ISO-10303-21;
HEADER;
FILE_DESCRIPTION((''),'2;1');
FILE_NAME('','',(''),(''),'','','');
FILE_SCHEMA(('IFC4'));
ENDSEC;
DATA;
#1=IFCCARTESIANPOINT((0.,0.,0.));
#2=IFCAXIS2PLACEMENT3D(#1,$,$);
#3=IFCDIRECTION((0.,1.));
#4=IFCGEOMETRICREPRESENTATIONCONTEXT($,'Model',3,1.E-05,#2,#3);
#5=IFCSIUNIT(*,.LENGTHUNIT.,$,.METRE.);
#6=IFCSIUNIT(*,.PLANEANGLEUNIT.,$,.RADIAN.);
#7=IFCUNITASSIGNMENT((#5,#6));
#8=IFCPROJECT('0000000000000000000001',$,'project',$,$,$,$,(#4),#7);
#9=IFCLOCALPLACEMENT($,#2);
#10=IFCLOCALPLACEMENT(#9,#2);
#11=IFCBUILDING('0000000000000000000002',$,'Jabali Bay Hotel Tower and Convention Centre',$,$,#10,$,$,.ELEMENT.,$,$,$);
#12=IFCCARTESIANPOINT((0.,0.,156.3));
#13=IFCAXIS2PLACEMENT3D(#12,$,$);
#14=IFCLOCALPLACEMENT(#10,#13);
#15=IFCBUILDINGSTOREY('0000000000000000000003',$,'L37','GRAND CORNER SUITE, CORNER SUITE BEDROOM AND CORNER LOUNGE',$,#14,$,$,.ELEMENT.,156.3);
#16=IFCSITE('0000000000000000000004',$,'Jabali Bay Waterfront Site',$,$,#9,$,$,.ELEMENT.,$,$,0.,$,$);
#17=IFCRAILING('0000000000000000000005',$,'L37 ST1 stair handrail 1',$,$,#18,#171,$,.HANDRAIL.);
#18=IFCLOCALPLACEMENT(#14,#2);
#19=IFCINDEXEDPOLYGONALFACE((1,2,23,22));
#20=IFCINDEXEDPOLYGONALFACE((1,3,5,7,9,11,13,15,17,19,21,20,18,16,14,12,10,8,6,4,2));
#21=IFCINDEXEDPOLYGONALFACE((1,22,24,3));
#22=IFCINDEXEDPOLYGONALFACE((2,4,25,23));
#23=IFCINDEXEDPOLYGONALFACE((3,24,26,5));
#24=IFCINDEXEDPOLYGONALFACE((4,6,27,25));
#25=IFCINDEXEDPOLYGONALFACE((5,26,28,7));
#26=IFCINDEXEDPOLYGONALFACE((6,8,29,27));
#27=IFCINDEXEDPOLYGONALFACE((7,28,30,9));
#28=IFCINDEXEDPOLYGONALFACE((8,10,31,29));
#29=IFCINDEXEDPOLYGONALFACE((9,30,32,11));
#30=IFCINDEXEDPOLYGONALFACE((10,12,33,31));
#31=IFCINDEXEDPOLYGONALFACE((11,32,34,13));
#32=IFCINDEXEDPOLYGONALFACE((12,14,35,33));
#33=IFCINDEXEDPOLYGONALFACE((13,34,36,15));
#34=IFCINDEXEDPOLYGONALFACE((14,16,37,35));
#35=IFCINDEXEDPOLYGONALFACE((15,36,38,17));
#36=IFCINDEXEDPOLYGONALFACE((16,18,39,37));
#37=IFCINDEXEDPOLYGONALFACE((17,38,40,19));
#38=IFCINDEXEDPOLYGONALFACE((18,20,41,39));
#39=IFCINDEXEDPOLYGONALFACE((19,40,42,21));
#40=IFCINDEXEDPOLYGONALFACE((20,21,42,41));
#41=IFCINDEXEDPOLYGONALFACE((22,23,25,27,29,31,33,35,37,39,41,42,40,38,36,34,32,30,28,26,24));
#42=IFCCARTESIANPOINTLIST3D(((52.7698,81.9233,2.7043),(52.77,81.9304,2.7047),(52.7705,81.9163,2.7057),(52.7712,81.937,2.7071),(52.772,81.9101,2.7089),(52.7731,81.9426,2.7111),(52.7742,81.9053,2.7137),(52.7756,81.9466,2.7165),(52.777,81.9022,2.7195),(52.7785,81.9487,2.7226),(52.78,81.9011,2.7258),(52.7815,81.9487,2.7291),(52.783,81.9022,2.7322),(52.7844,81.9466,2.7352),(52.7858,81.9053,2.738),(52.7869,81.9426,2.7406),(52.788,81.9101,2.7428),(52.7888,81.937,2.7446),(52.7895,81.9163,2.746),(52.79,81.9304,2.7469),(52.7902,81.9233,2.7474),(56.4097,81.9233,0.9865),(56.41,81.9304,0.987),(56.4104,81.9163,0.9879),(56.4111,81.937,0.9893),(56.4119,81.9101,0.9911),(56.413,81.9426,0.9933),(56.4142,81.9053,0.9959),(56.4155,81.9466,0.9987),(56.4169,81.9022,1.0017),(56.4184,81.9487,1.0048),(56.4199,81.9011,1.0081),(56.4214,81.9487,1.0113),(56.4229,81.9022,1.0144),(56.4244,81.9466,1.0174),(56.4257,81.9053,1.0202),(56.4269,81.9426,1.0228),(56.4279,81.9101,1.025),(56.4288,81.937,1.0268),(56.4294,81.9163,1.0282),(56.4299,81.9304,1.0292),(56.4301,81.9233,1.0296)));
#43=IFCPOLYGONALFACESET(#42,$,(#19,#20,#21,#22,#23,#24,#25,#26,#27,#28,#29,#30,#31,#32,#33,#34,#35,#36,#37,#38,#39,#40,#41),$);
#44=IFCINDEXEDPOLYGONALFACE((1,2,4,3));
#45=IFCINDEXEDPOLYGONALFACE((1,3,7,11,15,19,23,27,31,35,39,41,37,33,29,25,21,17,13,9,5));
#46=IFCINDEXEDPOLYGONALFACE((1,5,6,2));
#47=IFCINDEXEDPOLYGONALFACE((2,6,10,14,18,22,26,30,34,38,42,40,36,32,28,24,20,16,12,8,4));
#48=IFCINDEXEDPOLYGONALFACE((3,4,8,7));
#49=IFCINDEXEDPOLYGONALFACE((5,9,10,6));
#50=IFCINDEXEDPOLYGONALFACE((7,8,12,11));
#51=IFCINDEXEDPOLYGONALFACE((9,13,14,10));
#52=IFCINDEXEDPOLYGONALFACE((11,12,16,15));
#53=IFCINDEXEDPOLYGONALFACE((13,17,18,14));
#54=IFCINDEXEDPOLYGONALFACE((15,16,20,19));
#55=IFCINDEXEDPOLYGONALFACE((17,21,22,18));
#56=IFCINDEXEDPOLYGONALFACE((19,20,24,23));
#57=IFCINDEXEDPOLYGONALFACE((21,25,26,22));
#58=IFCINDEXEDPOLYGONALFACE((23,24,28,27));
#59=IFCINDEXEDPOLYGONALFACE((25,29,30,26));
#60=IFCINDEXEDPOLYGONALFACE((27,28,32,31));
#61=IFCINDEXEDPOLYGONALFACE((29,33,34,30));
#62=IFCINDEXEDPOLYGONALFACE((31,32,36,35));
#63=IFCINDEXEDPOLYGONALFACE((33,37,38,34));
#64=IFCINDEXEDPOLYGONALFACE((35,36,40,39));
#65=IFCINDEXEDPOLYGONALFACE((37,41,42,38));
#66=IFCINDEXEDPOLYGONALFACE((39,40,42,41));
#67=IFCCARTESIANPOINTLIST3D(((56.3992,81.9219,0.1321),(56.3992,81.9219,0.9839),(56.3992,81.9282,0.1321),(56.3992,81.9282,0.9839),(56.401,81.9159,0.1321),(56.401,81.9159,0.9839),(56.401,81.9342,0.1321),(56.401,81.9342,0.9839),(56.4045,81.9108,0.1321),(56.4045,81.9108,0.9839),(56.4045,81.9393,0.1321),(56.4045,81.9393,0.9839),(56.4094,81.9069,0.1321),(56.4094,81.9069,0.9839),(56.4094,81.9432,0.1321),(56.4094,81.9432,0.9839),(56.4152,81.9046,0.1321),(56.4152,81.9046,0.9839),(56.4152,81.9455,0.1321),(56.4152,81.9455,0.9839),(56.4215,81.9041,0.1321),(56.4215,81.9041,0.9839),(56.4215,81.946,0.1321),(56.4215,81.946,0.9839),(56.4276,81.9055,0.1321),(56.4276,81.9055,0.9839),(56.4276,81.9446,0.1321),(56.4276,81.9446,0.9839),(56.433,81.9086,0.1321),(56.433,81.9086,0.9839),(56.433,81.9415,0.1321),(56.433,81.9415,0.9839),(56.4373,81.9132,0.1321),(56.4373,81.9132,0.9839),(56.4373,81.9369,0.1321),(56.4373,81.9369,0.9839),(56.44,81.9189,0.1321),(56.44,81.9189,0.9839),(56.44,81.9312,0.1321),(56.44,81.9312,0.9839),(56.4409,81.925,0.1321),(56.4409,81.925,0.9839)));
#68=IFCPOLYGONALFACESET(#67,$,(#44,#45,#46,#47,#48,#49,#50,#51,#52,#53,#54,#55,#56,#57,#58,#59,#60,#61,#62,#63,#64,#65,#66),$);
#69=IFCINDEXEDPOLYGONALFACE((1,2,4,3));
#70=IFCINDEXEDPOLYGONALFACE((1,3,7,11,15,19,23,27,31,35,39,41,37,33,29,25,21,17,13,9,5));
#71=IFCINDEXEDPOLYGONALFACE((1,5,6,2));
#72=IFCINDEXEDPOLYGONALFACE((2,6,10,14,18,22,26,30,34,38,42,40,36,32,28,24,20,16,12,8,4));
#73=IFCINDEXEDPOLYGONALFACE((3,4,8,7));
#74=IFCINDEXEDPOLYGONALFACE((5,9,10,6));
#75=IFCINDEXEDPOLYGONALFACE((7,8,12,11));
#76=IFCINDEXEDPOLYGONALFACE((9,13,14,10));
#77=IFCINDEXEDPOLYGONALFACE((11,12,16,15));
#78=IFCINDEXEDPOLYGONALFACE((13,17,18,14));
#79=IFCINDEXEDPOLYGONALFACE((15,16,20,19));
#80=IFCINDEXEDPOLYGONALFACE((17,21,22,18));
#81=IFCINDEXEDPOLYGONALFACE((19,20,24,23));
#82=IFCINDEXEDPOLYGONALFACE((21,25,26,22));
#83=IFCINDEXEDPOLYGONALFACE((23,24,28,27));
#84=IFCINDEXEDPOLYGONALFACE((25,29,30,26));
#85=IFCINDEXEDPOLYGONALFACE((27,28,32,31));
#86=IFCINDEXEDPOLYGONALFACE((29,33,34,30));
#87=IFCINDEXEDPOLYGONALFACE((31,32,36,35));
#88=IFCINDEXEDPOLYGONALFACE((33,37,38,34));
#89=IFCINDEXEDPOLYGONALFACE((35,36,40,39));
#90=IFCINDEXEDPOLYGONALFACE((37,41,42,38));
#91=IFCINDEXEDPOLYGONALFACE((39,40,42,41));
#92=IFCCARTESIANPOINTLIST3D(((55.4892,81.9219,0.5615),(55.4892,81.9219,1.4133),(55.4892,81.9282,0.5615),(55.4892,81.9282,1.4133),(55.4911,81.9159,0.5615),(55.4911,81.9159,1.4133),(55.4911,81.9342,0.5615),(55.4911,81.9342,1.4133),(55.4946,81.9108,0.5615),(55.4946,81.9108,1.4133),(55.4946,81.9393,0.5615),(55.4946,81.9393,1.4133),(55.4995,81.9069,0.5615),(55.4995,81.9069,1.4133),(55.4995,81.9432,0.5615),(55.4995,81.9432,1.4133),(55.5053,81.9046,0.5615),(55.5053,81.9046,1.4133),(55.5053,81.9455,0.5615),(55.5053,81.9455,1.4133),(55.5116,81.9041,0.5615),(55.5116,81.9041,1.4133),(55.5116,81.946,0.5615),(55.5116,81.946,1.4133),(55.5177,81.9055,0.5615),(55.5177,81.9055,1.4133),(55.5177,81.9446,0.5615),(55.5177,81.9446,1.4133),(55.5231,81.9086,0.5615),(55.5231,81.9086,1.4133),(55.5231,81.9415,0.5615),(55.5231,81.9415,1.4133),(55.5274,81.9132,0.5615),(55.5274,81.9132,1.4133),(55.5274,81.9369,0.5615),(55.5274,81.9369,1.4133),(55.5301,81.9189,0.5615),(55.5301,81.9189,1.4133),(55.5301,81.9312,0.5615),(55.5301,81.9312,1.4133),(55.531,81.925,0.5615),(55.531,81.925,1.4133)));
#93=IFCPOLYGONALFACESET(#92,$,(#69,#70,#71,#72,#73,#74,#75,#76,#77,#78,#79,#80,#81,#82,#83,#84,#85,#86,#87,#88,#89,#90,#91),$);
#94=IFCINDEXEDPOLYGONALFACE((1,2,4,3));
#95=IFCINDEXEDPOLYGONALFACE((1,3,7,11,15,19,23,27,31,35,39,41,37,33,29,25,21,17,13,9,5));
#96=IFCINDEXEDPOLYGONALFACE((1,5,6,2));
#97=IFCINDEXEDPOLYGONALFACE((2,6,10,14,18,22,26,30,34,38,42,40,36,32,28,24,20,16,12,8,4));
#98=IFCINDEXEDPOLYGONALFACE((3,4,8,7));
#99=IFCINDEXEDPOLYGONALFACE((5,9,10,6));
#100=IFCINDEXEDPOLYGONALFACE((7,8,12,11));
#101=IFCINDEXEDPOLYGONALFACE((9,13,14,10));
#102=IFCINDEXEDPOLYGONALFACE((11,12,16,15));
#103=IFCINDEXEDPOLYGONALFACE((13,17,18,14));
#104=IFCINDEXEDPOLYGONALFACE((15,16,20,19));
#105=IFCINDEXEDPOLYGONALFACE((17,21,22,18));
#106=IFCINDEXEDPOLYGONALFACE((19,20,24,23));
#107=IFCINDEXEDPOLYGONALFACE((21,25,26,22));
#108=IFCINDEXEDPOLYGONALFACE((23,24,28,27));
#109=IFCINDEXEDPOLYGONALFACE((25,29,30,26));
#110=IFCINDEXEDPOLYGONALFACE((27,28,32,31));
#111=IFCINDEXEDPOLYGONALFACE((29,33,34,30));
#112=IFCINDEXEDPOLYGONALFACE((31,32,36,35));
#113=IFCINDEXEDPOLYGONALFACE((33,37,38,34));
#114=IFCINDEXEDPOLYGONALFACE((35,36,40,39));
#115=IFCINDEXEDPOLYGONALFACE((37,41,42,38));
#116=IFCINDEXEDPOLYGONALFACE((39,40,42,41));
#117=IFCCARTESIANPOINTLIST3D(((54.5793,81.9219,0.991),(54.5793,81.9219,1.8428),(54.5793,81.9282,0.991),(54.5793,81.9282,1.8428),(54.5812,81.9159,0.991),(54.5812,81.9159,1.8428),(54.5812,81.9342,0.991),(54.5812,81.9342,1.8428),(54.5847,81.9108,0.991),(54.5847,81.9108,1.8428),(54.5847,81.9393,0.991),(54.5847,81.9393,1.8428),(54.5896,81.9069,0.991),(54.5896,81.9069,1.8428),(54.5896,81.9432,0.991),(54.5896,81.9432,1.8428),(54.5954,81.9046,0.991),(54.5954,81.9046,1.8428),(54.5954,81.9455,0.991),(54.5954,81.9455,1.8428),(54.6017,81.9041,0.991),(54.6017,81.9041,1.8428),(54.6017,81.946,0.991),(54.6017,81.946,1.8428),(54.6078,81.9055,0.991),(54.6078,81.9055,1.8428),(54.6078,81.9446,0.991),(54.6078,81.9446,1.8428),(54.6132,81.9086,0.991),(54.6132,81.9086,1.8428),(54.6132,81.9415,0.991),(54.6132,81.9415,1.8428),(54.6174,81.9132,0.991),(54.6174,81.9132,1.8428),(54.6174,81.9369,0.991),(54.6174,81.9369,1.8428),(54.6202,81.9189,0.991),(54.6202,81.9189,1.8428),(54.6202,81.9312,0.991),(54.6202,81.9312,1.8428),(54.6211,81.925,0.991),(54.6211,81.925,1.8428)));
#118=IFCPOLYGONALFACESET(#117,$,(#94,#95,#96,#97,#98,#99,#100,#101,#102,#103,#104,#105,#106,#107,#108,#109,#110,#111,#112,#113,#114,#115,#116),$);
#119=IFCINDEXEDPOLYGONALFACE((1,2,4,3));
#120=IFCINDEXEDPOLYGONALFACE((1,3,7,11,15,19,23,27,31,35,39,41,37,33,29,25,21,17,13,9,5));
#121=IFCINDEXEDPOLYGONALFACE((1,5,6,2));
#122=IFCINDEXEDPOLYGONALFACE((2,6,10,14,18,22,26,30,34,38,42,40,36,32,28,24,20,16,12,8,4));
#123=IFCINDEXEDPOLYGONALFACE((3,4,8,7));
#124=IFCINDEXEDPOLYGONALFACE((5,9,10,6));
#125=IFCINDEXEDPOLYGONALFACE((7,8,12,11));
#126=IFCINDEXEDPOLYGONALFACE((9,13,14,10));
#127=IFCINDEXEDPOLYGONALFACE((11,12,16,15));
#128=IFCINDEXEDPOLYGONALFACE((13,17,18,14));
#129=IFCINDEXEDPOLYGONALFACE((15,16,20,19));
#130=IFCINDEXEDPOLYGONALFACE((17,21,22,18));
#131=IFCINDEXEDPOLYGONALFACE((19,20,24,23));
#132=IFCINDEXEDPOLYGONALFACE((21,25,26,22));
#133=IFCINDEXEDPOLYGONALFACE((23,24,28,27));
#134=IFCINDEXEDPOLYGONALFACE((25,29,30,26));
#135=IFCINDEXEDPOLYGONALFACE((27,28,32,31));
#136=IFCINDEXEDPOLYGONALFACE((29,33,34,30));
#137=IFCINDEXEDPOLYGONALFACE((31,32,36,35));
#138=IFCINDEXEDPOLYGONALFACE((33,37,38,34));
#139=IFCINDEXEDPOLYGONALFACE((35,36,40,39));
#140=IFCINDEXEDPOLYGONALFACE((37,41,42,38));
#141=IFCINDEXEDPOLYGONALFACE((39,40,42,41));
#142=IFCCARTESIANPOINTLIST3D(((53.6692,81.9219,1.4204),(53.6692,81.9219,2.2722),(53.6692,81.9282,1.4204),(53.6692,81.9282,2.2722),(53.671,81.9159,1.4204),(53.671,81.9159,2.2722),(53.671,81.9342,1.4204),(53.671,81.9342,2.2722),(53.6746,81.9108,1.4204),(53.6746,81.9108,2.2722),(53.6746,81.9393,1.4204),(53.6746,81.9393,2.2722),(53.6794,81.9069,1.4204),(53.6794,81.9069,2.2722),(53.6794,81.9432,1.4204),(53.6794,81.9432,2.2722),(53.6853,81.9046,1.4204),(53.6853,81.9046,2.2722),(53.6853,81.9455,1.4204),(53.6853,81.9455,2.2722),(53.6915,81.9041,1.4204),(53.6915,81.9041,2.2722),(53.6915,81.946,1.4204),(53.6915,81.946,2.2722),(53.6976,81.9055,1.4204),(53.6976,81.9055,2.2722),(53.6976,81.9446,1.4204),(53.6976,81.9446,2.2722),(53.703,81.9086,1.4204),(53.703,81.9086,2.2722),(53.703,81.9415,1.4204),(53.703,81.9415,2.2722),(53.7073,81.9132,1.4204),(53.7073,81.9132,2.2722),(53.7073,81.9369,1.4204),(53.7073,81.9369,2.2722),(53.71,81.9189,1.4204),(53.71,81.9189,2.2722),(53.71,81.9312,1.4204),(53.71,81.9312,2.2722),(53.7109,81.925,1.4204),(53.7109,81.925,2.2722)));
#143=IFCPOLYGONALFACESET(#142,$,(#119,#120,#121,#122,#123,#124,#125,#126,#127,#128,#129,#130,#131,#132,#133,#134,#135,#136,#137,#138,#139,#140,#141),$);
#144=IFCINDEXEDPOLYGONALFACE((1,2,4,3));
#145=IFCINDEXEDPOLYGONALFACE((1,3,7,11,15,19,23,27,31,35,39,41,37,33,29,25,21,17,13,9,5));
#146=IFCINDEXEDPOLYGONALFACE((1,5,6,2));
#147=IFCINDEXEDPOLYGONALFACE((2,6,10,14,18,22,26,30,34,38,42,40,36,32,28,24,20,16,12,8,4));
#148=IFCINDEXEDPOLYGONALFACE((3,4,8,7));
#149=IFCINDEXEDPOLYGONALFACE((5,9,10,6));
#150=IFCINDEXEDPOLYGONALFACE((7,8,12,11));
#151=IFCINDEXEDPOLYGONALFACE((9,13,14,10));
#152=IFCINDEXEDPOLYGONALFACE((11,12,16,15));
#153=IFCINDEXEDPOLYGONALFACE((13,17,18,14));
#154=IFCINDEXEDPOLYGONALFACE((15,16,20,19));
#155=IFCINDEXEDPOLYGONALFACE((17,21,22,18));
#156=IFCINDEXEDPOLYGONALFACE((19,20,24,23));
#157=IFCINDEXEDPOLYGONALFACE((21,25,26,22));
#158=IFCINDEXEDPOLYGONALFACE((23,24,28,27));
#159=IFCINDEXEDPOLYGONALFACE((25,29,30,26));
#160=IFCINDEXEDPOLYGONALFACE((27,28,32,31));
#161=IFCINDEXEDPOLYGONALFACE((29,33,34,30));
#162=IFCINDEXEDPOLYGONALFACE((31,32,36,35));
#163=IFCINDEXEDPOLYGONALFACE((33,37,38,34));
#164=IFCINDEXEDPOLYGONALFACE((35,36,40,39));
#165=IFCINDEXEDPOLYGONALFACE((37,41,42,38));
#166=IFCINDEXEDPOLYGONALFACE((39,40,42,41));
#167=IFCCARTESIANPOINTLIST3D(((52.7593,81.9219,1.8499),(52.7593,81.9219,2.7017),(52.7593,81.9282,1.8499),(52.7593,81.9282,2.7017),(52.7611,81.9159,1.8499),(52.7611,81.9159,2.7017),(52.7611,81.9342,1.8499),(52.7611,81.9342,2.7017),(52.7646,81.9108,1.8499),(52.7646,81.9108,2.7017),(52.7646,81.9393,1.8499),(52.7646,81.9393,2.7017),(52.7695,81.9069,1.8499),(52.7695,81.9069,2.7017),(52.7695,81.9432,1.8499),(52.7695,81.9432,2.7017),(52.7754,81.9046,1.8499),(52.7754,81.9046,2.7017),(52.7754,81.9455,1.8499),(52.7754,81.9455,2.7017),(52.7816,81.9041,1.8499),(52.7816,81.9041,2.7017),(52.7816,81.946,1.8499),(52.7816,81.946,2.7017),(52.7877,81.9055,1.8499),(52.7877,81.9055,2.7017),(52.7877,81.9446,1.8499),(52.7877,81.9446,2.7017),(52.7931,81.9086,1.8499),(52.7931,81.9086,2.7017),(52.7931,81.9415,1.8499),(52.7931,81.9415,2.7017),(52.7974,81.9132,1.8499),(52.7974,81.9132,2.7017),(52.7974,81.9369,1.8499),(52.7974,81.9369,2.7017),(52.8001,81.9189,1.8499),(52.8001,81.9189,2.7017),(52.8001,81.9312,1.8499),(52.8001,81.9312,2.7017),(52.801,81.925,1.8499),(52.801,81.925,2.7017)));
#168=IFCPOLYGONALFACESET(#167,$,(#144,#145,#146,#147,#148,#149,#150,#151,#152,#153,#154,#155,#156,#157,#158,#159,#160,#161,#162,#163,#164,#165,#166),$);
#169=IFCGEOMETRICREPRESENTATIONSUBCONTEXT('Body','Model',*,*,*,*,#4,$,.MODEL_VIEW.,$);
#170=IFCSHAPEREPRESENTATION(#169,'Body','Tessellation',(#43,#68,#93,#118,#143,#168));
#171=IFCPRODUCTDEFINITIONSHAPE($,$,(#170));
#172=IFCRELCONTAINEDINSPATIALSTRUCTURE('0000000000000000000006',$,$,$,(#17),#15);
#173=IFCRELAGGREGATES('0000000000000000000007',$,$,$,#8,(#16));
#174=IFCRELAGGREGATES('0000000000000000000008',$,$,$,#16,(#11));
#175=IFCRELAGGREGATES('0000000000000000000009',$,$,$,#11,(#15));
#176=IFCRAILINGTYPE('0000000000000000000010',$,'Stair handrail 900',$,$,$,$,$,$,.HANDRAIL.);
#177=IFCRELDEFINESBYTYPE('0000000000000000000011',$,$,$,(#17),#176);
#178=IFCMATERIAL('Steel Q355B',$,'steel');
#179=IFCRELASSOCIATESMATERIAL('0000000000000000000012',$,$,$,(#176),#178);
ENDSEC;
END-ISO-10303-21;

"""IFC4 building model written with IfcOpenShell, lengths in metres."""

from ifc_helpers import new_model, si_unit, direction, frame, origin, origin_2d, place, context, subcontext, project, spatial, circle, extrude, material, type_object, element, save


model = new_model("IFC4")

# Units and contexts
model_context = context("Model", 3, precision=1e-05, world=origin(), true_north=direction((0.0, 1.0)))
body_context = subcontext(model_context, "Body", "Model", "MODEL_VIEW")
ifc_project = project(units=[si_unit("LENGTHUNIT", "METRE"), si_unit("PLANEANGLEUNIT", "RADIAN")], contexts=[model_context])

# Site, building, storey
site_placement = place(None, origin())
site = spatial("IfcSite", under=ifc_project, at=site_placement, Name="Jabali Bay Waterfront Site", CompositionType="ELEMENT", RefElevation=0.0)
building_placement = place(site_placement, origin())
building = spatial("IfcBuilding", under=site, at=building_placement, Name="Jabali Bay Hotel Tower and Convention Centre", CompositionType="ELEMENT")
storey_placement = place(building_placement, frame((0.0, 0.0, 156.3)))
storey = spatial("IfcBuildingStorey", under=building, at=storey_placement, Name="L37", Description="GRAND CORNER SUITE, CORNER SUITE BEDROOM AND CORNER LOUNGE", CompositionType="ELEMENT", Elevation=156.3)

# Railing
ifc_material_1 = material(Name="Steel Q355B", Category="steel")
railing_type_1 = type_object("IfcRailingType", Name="Stair handrail 900", PredefinedType="HANDRAIL", material=ifc_material_1)
railing_1_placement = place(storey_placement, frame((56.4199, 81.925, 0.1321)))
element("IfcRailing", 1, at=railing_1_placement, inside=storey, type_object=railing_type_1, Name="L37 ST1 stair handrail 1", PredefinedType="HANDRAIL", context=body_context, shape_type="SweptSolid", body=[
    extrude(circle(Radius=0.0239, at=origin_2d()), frame((0.0, 0.0, 0.876), z_axis=(-0.904351, 0.0, 0.42679), x_axis=(0.0, -1.0, 0.0)), (0.0, 0.0, 1.0), 4.0249),
    extrude(circle(Radius=0.021, at=origin_2d()), origin(), (0.0, 0.0, 1.0), 0.8518),
    extrude(circle(Radius=0.021, at=origin_2d()), frame((-0.9099, 0.0, 0.4294)), (0.0, 0.0, 1.0), 0.8518),
    extrude(circle(Radius=0.021, at=origin_2d()), frame((-1.8198, 0.0, 0.8589)), (0.0, 0.0, 1.0), 0.8518),
    extrude(circle(Radius=0.021, at=origin_2d()), frame((-2.73, 0.0, 1.2883)), (0.0, 0.0, 1.0), 0.8518),
    extrude(circle(Radius=0.021, at=origin_2d()), frame((-3.6399, 0.0, 1.7178)), (0.0, 0.0, 1.0), 0.8518),
])

save(model, "model.ifc")
